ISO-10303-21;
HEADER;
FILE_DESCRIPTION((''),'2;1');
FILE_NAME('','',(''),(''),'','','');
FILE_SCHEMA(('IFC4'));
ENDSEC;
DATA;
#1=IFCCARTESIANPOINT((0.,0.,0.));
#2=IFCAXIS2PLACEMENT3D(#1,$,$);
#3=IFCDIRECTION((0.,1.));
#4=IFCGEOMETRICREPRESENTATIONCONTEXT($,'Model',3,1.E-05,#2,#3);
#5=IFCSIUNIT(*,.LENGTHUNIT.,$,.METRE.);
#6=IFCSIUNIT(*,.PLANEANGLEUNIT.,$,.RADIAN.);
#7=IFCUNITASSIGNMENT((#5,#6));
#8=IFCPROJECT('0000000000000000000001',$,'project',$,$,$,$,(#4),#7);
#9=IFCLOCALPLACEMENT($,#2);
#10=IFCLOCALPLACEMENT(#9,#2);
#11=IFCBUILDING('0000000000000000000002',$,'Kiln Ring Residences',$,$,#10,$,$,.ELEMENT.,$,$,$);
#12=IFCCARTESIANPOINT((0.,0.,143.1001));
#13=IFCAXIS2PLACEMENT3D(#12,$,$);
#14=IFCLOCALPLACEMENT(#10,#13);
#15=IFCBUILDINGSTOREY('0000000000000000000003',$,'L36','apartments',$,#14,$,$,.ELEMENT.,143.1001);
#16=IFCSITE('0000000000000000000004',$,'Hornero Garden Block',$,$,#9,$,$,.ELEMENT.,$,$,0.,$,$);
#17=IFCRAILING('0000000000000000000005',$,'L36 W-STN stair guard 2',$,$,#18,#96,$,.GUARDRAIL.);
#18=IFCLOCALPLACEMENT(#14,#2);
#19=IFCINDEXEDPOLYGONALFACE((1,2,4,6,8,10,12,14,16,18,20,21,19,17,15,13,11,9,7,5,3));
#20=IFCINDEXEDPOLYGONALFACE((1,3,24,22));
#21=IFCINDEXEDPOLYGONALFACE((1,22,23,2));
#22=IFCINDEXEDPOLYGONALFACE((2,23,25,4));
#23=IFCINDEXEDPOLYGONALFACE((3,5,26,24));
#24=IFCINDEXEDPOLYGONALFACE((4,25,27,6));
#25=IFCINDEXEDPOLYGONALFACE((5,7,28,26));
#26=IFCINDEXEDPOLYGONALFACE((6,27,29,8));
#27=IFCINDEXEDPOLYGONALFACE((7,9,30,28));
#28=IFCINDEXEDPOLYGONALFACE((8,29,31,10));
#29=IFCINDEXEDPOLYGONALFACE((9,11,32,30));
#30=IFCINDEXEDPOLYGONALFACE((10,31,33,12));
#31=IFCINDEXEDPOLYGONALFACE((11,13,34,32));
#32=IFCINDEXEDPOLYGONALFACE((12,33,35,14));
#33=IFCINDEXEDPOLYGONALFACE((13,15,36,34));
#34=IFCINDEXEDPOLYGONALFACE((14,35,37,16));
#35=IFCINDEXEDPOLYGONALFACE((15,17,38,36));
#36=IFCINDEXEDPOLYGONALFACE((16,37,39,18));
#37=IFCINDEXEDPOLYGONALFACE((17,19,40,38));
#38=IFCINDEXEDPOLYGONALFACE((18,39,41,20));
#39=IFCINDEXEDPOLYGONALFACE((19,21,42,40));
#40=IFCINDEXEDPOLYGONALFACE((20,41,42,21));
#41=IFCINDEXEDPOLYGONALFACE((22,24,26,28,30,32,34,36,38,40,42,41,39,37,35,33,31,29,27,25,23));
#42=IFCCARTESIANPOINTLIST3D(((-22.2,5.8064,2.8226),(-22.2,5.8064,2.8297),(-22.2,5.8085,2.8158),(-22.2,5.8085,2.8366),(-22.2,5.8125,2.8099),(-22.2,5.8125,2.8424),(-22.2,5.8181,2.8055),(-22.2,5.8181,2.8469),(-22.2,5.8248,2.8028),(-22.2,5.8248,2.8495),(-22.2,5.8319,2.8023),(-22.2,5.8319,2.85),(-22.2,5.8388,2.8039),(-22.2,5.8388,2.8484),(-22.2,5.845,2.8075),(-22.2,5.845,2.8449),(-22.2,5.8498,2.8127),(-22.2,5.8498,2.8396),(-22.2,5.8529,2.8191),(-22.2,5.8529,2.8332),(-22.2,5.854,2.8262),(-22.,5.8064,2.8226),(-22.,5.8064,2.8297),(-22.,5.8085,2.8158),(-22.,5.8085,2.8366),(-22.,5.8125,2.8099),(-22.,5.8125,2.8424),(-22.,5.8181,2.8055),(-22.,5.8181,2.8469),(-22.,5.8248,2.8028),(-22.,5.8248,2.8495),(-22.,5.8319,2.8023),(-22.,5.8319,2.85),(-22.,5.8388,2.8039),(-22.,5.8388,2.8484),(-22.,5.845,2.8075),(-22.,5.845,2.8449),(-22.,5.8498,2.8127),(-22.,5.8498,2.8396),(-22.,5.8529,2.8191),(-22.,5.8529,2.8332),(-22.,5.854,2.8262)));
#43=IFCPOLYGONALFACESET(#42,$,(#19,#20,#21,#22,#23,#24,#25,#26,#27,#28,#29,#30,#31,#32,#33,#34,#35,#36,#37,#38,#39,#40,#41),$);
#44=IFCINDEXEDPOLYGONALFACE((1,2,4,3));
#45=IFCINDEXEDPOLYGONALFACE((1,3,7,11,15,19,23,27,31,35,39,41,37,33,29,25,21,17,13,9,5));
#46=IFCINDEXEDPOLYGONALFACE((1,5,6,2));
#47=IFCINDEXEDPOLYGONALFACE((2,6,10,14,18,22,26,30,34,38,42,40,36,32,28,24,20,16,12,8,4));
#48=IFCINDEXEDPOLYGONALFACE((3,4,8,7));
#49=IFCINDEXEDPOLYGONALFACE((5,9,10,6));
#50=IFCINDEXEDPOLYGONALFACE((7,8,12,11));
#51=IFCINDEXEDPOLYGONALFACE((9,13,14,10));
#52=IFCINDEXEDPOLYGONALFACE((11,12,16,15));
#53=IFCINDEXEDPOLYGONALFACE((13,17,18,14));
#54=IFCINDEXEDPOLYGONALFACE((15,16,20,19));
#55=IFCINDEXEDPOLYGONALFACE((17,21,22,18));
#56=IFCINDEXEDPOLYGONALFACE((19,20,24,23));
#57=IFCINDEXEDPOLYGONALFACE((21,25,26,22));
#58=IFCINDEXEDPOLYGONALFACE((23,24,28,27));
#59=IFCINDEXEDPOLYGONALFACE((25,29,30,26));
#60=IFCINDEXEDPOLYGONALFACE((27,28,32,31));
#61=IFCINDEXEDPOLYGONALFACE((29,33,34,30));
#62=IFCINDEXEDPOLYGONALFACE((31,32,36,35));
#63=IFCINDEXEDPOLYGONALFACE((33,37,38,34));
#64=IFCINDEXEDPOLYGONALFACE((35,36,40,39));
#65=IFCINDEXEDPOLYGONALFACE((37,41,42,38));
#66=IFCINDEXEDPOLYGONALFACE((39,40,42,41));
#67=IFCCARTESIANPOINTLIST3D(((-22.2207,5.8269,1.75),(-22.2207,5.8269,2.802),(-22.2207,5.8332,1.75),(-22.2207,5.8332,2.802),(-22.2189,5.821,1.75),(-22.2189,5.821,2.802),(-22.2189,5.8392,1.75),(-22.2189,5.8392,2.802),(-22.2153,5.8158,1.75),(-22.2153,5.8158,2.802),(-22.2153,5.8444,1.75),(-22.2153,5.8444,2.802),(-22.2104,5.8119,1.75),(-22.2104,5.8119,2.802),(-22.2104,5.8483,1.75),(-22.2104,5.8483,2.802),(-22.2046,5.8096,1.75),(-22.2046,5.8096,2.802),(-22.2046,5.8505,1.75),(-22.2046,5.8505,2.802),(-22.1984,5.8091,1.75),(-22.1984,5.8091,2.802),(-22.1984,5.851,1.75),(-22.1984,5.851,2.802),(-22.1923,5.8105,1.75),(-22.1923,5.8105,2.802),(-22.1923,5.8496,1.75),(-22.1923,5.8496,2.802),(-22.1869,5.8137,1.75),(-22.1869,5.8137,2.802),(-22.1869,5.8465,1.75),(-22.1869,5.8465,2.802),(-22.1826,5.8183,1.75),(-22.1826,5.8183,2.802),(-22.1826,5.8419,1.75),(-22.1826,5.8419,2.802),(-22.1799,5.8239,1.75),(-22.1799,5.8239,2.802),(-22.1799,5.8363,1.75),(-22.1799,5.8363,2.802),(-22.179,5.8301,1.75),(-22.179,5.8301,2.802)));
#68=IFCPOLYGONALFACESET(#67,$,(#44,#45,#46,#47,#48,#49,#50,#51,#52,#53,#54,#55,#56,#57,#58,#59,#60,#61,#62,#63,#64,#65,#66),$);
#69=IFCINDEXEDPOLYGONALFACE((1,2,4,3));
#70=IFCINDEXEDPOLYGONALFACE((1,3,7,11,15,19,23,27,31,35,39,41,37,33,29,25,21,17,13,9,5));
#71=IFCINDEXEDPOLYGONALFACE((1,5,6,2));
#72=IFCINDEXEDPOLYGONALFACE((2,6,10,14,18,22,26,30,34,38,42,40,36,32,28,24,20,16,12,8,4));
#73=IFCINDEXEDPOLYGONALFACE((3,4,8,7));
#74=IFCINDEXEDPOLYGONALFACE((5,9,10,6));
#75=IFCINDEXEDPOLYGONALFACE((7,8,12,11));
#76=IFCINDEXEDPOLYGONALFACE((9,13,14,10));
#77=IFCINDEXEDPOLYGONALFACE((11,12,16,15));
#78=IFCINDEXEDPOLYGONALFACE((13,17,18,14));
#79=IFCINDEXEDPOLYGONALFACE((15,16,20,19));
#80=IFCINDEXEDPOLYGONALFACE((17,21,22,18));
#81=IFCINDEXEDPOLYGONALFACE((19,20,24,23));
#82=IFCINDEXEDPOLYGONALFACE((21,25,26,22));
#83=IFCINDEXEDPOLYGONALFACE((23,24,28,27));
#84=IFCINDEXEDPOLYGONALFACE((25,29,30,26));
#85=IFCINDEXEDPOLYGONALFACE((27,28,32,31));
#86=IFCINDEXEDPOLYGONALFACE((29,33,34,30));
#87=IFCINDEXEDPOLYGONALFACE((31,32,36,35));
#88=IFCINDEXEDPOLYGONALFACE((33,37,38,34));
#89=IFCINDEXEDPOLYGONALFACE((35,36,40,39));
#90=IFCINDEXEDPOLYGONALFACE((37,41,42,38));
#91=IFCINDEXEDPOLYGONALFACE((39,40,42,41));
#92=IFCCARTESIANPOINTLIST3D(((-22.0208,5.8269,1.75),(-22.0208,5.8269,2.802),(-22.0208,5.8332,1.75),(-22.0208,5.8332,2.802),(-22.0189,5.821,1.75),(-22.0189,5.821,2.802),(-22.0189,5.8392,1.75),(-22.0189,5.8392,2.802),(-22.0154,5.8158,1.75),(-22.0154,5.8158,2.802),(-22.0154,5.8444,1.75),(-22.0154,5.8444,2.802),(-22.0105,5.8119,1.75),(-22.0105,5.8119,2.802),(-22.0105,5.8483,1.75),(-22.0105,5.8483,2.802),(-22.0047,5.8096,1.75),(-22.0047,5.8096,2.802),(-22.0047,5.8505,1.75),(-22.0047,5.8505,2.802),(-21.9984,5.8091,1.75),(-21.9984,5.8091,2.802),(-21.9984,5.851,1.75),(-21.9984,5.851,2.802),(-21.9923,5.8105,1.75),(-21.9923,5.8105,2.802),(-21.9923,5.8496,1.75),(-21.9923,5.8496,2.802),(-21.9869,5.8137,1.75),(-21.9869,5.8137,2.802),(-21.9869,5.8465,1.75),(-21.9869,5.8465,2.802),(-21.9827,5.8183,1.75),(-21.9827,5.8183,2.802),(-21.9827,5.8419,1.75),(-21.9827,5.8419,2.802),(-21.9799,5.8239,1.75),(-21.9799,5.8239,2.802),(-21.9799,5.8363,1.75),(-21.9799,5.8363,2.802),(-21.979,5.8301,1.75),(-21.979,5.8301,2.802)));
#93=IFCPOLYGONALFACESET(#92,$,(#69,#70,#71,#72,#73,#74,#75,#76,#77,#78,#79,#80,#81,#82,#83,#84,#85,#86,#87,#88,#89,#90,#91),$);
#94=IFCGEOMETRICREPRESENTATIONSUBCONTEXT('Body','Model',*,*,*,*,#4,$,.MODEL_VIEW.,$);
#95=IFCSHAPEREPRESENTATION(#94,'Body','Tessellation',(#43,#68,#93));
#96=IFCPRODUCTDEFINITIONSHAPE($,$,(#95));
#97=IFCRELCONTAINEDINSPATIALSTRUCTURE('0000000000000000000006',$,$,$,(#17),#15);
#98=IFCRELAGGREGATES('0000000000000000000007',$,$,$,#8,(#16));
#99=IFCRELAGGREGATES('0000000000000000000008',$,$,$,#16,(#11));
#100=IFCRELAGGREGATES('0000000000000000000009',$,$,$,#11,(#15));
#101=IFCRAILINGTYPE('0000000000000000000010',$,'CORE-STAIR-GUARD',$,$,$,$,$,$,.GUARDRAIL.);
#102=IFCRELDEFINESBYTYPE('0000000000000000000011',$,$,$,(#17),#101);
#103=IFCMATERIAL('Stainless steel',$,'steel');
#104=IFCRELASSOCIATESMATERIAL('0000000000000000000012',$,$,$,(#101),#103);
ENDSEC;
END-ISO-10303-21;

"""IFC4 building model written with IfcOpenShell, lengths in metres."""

from ifc_helpers import new_model, si_unit, direction, frame, origin, origin_2d, place, context, subcontext, project, spatial, circle, extrude, material, type_object, element, save


model = new_model("IFC4")

# Units and contexts
model_context = context("Model", 3, precision=1e-05, world=origin(), true_north=direction((0.0, 1.0)))
body_context = subcontext(model_context, "Body", "Model", "MODEL_VIEW")
ifc_project = project(units=[si_unit("LENGTHUNIT", "METRE"), si_unit("PLANEANGLEUNIT", "RADIAN")], contexts=[model_context])

# Site, building, storey
site_placement = place(None, origin())
site = spatial("IfcSite", under=ifc_project, at=site_placement, Name="Hornero Garden Block", CompositionType="ELEMENT", RefElevation=0.0)
building_placement = place(site_placement, origin())
building = spatial("IfcBuilding", under=site, at=building_placement, Name="Kiln Ring Residences", CompositionType="ELEMENT")
storey_placement = place(building_placement, frame((0.0, 0.0, 143.1001)))
storey = spatial("IfcBuildingStorey", under=building, at=storey_placement, Name="L36", Description="apartments", CompositionType="ELEMENT", Elevation=143.1001)

# Railing
ifc_material_1 = material(Name="Stainless steel", Category="steel")
railing_type_1 = type_object("IfcRailingType", Name="CORE-STAIR-GUARD", PredefinedType="GUARDRAIL", material=ifc_material_1)
railing_1_placement = place(storey_placement, frame((-22.2, 5.8301, 1.75)))
element("IfcRailing", 1, at=railing_1_placement, inside=storey, type_object=railing_type_1, Name="L36 W-STN stair guard 2", PredefinedType="GUARDRAIL", context=body_context, shape_type="SweptSolid", body=[
    extrude(circle(Radius=0.0239, at=origin_2d()), frame((0.0, 0.0, 1.0762), z_axis=(1.0, 0.0, 0.0), x_axis=(0.0, 1.0, 0.0)), (0.0, 0.0, 1.0), 0.2),
    extrude(circle(Radius=0.021, at=origin_2d()), origin(), (0.0, 0.0, 1.0), 1.052),
    extrude(circle(Radius=0.021, at=origin_2d()), frame((0.2, 0.0, 0.0)), (0.0, 0.0, 1.0), 1.052),
])

save(model, "model.ifc")
